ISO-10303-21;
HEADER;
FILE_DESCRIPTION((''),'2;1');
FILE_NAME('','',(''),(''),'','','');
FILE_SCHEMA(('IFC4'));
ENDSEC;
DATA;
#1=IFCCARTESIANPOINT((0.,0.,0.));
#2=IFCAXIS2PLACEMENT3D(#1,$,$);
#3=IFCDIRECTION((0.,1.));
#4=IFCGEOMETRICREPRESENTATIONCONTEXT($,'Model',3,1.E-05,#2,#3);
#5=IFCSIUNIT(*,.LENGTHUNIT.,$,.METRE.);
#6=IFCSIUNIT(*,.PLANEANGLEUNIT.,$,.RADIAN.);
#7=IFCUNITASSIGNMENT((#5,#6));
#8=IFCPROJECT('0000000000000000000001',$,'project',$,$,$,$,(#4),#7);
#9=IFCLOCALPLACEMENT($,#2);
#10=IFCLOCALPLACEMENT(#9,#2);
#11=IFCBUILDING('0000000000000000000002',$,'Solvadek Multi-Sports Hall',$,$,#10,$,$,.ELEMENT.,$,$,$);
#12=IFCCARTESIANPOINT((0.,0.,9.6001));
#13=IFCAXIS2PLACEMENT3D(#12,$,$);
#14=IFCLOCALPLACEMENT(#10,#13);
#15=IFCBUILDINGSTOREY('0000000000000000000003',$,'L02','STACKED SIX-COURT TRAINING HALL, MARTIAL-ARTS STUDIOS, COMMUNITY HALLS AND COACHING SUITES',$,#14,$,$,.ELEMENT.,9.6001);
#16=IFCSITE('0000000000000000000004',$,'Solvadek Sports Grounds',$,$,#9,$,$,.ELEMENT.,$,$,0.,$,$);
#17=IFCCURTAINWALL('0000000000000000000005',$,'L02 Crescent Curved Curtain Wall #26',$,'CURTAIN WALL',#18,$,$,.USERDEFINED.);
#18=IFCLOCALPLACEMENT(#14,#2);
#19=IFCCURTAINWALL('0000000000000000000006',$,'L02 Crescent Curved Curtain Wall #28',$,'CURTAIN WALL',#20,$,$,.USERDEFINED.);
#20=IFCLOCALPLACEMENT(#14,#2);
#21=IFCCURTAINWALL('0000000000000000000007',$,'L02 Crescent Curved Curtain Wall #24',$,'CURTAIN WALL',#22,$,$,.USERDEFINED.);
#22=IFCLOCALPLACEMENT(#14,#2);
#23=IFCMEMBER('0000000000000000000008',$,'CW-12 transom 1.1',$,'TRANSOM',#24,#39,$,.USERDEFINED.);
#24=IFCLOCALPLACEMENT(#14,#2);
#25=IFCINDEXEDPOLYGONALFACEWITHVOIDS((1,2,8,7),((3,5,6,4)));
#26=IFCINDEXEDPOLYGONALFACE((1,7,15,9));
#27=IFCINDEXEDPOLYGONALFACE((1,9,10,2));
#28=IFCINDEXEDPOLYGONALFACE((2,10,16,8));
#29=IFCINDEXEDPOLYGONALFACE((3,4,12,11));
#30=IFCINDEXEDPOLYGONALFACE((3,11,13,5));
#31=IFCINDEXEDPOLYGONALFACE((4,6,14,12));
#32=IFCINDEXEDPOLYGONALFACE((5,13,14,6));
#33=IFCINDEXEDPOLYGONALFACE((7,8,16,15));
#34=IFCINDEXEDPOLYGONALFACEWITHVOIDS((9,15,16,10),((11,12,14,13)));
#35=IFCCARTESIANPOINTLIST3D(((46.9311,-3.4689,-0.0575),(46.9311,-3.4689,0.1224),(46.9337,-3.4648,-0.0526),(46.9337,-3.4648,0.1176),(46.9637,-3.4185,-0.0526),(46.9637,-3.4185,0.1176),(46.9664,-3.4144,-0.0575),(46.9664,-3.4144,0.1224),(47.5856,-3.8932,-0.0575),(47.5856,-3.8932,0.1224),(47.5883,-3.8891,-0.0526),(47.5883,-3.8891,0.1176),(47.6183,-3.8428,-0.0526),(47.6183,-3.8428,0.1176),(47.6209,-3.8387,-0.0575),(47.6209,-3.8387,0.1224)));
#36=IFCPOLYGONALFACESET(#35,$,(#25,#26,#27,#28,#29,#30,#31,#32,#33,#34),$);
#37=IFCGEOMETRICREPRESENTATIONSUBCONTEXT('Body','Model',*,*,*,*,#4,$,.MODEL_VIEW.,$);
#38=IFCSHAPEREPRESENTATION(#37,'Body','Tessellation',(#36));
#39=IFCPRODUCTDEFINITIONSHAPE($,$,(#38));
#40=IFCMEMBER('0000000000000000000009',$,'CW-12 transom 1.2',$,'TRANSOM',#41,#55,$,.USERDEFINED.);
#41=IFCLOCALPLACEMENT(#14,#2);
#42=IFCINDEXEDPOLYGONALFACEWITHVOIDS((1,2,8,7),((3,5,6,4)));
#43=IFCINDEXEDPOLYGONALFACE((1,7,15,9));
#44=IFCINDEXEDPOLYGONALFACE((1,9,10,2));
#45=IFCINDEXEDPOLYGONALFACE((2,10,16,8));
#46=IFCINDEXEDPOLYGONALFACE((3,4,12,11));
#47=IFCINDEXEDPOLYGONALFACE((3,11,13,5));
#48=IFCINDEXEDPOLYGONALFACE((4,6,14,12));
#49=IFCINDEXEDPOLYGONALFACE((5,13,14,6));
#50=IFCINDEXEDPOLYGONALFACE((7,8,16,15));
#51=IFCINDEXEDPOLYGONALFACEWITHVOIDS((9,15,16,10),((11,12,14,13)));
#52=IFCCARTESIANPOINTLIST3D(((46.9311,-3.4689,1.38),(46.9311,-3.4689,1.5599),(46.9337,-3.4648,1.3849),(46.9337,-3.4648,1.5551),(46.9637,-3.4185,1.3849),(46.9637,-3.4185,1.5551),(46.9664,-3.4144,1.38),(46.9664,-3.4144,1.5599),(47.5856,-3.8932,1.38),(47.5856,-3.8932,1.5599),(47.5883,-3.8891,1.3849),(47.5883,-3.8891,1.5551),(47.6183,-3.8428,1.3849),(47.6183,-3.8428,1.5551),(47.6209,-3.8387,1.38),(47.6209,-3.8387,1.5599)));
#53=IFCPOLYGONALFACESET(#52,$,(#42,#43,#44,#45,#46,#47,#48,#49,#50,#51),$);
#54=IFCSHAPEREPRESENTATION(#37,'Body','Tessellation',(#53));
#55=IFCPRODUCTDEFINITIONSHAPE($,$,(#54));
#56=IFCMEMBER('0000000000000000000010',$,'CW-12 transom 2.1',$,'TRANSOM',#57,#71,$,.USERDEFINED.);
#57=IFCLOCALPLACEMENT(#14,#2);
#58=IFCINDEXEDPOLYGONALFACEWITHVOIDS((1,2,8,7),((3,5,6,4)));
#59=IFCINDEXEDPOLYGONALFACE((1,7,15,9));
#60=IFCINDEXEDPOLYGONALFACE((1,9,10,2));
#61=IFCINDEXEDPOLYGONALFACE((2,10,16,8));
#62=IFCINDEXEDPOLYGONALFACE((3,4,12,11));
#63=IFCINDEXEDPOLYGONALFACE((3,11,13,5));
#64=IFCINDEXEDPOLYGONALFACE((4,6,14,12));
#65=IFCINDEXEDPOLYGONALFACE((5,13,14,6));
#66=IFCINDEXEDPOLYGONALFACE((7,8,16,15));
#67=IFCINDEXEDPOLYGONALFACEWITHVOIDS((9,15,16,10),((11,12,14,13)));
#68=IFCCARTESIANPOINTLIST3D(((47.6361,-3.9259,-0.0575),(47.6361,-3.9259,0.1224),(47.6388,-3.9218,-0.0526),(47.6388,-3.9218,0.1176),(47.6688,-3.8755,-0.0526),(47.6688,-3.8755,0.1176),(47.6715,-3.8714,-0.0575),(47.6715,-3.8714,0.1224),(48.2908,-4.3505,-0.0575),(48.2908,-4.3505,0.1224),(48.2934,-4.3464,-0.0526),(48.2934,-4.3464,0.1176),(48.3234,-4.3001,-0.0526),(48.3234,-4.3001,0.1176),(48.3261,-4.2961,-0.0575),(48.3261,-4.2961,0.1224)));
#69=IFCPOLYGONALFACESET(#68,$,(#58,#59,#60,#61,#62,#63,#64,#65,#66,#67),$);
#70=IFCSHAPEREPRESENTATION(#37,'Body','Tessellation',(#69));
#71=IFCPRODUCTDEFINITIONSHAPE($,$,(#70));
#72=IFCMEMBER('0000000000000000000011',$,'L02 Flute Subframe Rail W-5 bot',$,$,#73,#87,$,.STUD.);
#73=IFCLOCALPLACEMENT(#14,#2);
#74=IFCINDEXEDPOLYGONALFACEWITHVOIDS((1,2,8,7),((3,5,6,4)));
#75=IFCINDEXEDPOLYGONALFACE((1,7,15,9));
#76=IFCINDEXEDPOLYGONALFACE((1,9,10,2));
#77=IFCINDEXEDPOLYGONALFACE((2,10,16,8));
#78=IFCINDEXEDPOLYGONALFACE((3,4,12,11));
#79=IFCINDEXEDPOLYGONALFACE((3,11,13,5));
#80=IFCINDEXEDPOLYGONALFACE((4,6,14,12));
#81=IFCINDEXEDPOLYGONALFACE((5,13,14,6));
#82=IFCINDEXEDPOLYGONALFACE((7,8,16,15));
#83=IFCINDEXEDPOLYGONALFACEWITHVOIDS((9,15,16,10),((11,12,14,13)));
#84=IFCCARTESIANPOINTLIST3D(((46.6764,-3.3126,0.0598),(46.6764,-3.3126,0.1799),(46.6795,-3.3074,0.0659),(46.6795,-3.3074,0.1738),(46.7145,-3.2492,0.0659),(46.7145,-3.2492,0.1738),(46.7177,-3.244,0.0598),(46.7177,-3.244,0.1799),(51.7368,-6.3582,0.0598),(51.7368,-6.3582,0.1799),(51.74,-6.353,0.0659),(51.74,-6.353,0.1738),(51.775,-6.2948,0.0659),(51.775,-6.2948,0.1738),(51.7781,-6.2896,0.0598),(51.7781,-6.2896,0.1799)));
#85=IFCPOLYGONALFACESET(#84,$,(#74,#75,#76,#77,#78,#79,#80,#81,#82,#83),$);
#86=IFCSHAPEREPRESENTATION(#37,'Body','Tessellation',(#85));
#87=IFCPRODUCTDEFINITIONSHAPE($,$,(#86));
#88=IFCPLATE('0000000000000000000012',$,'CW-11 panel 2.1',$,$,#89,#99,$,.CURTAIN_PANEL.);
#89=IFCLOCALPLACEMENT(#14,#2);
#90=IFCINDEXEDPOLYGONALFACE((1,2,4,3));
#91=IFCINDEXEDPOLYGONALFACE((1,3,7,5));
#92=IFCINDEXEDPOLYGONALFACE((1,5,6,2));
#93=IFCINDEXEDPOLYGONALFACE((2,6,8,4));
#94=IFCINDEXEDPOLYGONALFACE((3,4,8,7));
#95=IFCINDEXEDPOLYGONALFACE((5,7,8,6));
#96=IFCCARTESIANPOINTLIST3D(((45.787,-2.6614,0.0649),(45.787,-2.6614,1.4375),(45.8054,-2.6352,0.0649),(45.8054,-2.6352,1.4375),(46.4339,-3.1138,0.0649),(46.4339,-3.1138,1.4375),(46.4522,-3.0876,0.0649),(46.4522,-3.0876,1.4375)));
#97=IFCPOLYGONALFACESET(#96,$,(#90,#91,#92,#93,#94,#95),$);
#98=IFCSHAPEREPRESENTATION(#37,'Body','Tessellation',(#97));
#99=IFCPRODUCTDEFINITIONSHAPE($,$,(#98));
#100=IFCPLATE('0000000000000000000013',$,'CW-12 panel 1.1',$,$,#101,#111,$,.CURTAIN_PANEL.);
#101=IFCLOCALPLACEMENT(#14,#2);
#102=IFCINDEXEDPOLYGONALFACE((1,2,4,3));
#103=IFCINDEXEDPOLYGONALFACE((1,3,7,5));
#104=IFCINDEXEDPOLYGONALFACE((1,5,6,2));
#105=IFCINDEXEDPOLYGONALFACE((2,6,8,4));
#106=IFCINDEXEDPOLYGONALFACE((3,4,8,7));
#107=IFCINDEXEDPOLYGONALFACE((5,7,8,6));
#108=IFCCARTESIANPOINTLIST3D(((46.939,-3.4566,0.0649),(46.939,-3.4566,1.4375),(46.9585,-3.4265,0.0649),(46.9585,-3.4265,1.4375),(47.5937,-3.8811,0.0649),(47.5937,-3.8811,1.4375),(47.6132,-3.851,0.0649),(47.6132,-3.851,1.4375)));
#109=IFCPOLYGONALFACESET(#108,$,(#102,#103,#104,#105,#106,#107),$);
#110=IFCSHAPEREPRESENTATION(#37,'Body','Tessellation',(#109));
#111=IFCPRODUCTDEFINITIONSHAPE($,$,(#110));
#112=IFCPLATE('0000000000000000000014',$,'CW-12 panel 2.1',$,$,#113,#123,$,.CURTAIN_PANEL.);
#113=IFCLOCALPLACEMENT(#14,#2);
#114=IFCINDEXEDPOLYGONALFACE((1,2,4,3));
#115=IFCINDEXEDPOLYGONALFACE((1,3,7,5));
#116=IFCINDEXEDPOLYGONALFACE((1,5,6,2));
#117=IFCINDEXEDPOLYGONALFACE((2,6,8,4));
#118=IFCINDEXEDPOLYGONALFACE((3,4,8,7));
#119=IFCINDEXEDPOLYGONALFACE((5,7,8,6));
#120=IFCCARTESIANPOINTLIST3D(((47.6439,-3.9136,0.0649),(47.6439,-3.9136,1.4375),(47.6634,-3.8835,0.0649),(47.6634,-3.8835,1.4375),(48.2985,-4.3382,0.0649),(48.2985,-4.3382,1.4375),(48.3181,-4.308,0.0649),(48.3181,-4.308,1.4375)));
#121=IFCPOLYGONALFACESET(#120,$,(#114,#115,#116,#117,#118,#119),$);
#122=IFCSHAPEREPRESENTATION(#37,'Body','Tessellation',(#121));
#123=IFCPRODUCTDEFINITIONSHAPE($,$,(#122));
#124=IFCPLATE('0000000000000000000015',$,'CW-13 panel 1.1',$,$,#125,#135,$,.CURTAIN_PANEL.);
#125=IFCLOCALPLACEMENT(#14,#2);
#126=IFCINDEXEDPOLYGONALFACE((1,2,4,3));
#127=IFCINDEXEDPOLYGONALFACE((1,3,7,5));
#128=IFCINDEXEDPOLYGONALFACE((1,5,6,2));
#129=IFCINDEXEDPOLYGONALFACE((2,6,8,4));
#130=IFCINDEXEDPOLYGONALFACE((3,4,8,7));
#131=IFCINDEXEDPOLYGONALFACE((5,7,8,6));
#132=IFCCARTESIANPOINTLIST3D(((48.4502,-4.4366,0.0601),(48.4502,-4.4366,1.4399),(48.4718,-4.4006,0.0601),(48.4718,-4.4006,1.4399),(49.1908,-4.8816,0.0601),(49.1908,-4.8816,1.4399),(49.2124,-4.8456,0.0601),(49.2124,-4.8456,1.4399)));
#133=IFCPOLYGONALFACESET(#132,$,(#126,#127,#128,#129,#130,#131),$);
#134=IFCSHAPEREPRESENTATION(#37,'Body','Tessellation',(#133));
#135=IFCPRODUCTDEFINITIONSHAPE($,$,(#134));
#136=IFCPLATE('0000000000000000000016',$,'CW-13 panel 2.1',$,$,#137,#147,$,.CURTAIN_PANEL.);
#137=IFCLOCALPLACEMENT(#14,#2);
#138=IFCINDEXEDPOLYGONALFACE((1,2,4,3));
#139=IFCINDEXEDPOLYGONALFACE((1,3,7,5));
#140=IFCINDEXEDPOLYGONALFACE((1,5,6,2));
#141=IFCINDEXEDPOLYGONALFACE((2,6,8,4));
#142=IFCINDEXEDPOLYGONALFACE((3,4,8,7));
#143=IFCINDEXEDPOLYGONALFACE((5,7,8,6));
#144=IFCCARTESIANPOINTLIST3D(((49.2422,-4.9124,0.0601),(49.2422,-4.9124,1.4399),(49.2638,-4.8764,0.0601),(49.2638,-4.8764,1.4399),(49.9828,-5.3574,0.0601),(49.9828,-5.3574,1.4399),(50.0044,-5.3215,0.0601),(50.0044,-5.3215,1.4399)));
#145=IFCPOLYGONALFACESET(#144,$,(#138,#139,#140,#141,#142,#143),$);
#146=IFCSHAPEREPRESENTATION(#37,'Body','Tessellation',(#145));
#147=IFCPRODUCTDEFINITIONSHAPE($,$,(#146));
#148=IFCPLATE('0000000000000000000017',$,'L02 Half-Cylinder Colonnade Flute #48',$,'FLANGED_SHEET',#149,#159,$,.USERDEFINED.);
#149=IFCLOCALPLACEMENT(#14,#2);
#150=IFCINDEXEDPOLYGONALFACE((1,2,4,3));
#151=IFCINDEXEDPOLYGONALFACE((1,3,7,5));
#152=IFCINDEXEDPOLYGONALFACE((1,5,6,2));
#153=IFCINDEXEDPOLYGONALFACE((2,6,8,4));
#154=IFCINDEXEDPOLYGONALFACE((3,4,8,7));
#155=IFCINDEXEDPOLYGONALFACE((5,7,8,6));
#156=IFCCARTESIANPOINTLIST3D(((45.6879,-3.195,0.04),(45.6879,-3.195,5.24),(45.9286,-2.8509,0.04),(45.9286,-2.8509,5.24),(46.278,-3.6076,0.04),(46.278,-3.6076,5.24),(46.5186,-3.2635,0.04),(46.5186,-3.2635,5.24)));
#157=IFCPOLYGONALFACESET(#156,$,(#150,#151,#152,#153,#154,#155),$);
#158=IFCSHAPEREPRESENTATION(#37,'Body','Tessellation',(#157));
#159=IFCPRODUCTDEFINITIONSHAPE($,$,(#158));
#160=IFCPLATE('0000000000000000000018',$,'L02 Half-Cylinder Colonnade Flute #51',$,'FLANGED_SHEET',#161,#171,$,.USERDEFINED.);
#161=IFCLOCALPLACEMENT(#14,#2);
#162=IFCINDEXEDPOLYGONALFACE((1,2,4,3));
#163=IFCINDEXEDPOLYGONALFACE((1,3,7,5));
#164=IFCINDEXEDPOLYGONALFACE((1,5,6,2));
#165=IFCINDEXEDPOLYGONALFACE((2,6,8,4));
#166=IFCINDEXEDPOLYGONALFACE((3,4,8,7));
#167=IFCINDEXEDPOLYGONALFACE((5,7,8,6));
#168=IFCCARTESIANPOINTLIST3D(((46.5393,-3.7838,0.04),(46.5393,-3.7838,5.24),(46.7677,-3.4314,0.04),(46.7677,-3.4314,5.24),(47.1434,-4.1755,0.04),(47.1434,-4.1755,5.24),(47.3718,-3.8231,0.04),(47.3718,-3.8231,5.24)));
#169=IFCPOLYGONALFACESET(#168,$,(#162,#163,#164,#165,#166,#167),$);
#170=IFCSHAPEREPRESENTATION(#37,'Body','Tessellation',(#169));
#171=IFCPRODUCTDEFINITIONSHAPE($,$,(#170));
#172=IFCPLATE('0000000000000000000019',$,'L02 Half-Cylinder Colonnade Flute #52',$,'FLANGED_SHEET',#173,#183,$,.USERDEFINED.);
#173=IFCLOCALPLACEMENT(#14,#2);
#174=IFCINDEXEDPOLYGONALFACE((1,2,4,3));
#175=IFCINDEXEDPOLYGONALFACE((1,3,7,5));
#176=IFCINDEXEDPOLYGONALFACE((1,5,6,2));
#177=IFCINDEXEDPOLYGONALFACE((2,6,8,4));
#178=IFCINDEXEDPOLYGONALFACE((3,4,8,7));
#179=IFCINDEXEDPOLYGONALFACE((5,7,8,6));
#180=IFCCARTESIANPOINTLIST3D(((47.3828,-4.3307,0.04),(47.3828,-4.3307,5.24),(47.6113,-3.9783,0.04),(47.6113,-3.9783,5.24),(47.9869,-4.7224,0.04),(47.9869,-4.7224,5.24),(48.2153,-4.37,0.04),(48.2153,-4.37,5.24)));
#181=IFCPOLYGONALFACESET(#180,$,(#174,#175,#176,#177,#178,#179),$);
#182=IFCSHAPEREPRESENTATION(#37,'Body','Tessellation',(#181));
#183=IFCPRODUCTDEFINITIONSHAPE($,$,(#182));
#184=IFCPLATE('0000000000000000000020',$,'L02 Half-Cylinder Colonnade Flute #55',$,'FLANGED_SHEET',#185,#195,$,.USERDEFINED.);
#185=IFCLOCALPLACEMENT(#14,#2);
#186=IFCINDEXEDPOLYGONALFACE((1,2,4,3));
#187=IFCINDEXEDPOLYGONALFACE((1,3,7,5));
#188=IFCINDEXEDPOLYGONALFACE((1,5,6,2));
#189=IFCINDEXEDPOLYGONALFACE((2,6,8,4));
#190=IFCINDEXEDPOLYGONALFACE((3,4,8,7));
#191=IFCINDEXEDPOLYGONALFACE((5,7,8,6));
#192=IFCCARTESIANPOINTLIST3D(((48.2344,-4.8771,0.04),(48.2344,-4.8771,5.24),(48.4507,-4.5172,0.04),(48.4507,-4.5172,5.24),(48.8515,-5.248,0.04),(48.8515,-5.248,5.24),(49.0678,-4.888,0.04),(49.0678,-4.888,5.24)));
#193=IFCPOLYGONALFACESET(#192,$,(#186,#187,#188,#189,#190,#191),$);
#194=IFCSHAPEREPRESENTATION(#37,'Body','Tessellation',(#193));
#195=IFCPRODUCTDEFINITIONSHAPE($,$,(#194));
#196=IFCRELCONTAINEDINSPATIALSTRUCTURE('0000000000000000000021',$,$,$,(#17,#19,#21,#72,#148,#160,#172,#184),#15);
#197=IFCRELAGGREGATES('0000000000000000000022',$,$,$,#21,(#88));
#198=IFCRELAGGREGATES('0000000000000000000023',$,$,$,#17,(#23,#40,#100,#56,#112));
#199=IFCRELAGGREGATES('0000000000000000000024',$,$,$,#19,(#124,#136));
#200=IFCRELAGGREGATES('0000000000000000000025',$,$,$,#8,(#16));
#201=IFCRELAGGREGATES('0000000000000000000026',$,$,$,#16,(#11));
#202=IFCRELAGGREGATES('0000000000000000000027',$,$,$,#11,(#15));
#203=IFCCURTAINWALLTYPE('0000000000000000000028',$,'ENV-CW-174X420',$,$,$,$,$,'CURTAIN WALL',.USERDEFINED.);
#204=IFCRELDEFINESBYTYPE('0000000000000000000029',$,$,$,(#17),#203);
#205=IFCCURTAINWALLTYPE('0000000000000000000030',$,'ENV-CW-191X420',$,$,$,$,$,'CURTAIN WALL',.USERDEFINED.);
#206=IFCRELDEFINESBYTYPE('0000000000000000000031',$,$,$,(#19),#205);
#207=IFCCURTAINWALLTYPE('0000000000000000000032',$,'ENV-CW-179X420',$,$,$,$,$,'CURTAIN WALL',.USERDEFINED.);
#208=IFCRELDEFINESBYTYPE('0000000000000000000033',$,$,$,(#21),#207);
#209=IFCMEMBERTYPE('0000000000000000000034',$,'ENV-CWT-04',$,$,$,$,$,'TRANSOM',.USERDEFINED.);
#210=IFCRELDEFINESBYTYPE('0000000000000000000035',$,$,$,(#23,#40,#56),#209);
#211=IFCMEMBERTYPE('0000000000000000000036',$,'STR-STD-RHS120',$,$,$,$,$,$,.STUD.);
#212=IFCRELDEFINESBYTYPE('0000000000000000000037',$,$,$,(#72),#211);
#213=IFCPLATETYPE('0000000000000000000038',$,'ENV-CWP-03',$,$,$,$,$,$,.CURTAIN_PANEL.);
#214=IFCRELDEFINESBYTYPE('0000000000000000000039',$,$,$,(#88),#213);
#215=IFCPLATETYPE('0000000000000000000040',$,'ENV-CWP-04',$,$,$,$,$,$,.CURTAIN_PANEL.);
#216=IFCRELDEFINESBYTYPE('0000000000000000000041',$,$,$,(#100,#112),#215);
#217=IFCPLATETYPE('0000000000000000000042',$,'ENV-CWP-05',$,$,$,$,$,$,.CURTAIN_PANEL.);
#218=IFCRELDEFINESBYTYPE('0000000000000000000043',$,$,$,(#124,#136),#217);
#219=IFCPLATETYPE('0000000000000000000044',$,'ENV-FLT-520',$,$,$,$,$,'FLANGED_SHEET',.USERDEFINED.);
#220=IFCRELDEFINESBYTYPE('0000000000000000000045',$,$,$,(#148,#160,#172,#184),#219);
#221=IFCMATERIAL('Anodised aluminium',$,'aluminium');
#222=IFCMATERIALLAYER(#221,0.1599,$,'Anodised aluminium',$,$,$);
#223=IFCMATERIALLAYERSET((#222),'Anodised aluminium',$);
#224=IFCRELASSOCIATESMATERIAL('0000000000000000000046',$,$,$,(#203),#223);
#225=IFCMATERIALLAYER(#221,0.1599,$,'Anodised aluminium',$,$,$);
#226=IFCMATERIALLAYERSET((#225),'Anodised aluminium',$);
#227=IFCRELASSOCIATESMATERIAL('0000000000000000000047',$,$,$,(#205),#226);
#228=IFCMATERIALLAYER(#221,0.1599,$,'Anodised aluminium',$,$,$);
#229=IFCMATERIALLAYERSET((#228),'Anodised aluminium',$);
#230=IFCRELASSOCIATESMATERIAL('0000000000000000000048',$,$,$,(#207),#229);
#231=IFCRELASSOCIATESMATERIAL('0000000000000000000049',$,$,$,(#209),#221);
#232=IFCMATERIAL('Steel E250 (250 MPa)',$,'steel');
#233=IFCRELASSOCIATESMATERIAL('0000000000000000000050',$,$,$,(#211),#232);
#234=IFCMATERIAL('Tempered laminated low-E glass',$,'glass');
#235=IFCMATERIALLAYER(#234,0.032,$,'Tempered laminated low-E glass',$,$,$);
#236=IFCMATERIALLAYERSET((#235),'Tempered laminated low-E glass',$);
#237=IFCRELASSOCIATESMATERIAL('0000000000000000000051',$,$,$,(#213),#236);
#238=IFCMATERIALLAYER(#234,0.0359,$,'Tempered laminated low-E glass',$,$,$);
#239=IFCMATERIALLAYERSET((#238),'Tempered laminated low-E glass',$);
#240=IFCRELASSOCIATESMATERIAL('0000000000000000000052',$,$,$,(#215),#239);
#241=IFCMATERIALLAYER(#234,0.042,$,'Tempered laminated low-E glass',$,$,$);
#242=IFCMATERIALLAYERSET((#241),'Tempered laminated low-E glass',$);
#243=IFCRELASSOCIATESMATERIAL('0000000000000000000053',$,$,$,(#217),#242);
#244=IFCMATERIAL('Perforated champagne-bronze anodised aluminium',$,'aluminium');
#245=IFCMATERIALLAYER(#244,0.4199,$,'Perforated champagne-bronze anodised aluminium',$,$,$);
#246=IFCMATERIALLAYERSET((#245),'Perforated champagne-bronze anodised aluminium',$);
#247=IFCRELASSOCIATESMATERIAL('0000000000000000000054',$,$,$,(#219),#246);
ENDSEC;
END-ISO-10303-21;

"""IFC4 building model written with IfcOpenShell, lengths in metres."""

from ifc_helpers import new_model, si_unit, direction, frame, origin, origin_2d, place, context, subcontext, project, spatial, rectangle, hollow_rectangle, extrude, material, layer, layer_set, material_profile, profile_set, type_object, element, aggregate, save


model = new_model("IFC4")

# Units and contexts
model_context = context("Model", 3, precision=1e-05, world=origin(), true_north=direction((0.0, 1.0)))
body_context = subcontext(model_context, "Body", "Model", "MODEL_VIEW")
ifc_project = project(units=[si_unit("LENGTHUNIT", "METRE"), si_unit("PLANEANGLEUNIT", "RADIAN")], contexts=[model_context])

# Site, building, storey
site_placement = place(None, origin())
site = spatial("IfcSite", under=ifc_project, at=site_placement, Name="Solvadek Sports Grounds", CompositionType="ELEMENT", RefElevation=0.0)
building_placement = place(site_placement, origin())
building = spatial("IfcBuilding", under=site, at=building_placement, Name="Solvadek Multi-Sports Hall", CompositionType="ELEMENT")
storey_placement = place(building_placement, frame((0.0, 0.0, 9.6001)))
storey = spatial("IfcBuildingStorey", under=building, at=storey_placement, Name="L02", Description="STACKED SIX-COURT TRAINING HALL, MARTIAL-ARTS STUDIOS, COMMUNITY HALLS AND COACHING SUITES", CompositionType="ELEMENT", Elevation=9.6001)

# Curtain walls
ifc_material_1 = material(Name="Anodised aluminium", Category="aluminium")
ifc_layer_1 = layer(ifc_material_1, 0.1599, Name="Anodised aluminium")
ifc_layer_set_1 = layer_set([ifc_layer_1], Name="Anodised aluminium")
curtain_wall_type_1 = type_object("IfcCurtainWallType", Name="ENV-CW-174X420", ElementType="CURTAIN WALL", PredefinedType="USERDEFINED", material=ifc_layer_set_1)
curtain_wall_1_placement = place(storey_placement, origin())
curtain_wall_1 = element("IfcCurtainWall", 1, at=curtain_wall_1_placement, inside=storey, type_object=curtain_wall_type_1, Name="L02 Crescent Curved Curtain Wall #26", ObjectType="CURTAIN WALL", PredefinedType="USERDEFINED")
ifc_layer_2 = layer(ifc_material_1, 0.1599, Name="Anodised aluminium")
ifc_layer_set_2 = layer_set([ifc_layer_2], Name="Anodised aluminium")
curtain_wall_type_2 = type_object("IfcCurtainWallType", Name="ENV-CW-191X420", ElementType="CURTAIN WALL", PredefinedType="USERDEFINED", material=ifc_layer_set_2)
curtain_wall_2_placement = place(storey_placement, origin())
curtain_wall_2 = element("IfcCurtainWall", 2, at=curtain_wall_2_placement, inside=storey, type_object=curtain_wall_type_2, Name="L02 Crescent Curved Curtain Wall #28", ObjectType="CURTAIN WALL", PredefinedType="USERDEFINED")

# Curtain wall
ifc_layer_3 = layer(ifc_material_1, 0.1599, Name="Anodised aluminium")
ifc_layer_set_3 = layer_set([ifc_layer_3], Name="Anodised aluminium")
curtain_wall_type_3 = type_object("IfcCurtainWallType", Name="ENV-CW-179X420", ElementType="CURTAIN WALL", PredefinedType="USERDEFINED", material=ifc_layer_set_3)
curtain_wall_3_placement = place(storey_placement, origin())
curtain_wall_3 = element("IfcCurtainWall", 3, at=curtain_wall_3_placement, inside=storey, type_object=curtain_wall_type_3, Name="L02 Crescent Curved Curtain Wall #24", ObjectType="CURTAIN WALL", PredefinedType="USERDEFINED")

# Members
ifc_material_profile_1 = material_profile(ifc_material_1, hollow_rectangle(XDim=0.0649, YDim=0.1799, WallThickness=0.0049, at=origin_2d()), Name="ALU-T 180x65x5")
ifc_profile_set_1 = profile_set([ifc_material_profile_1], Name="Anodised aluminium")
member_type_1 = type_object("IfcMemberType", Name="ENV-CWT-04", ElementType="TRANSOM", PredefinedType="USERDEFINED", material=ifc_profile_set_1)
member_1_placement = place(storey_placement, frame((46.9487, -3.4417, 0.0325), z_axis=(0.839108, -0.543965, 0.0), x_axis=(0.543965, 0.839108, 0.0)))
member_1 = element("IfcMember", 4, at=member_1_placement, type_object=member_type_1, Name="CW-12 transom 1.1", ObjectType="TRANSOM", PredefinedType="USERDEFINED", context=body_context, shape_type="SweptSolid", body=[
    extrude(hollow_rectangle(XDim=0.0649, YDim=0.1799, WallThickness=0.0049, at=origin_2d()), origin(), (0.0, 0.0, 1.0), 0.78),
])
member_2_placement = place(storey_placement, frame((46.9487, -3.4417, 1.47), z_axis=(0.839108, -0.543965, 0.0), x_axis=(0.543965, 0.839108, 0.0)))
member_2 = element("IfcMember", 5, at=member_2_placement, type_object=member_type_1, Name="CW-12 transom 1.2", ObjectType="TRANSOM", PredefinedType="USERDEFINED", context=body_context, shape_type="SweptSolid", body=[
    extrude(hollow_rectangle(XDim=0.0649, YDim=0.1799, WallThickness=0.0049, at=origin_2d()), origin(), (0.0, 0.0, 1.0), 0.78),
])
member_3_placement = place(storey_placement, frame((47.6538, -3.8987, 0.0325), z_axis=(0.838965, -0.544185, 0.0), x_axis=(0.544185, 0.838965, 0.0)))
member_3 = element("IfcMember", 6, at=member_3_placement, type_object=member_type_1, Name="CW-12 transom 2.1", ObjectType="TRANSOM", PredefinedType="USERDEFINED", context=body_context, shape_type="SweptSolid", body=[
    extrude(hollow_rectangle(XDim=0.0649, YDim=0.1799, WallThickness=0.0049, at=origin_2d()), origin(), (0.0, 0.0, 1.0), 0.7803),
])
ifc_material_2 = material(Name="Steel E250 (250 MPa)", Category="steel")
ifc_material_profile_2 = material_profile(ifc_material_2, hollow_rectangle(XDim=0.0801, YDim=0.1201, WallThickness=0.0061, at=origin_2d()), Name="RHS 120x80x6")
ifc_profile_set_2 = profile_set([ifc_material_profile_2], Name="Steel E250 (250 MPa)")
member_type_2 = type_object("IfcMemberType", Name="STR-STD-RHS120", PredefinedType="STUD", material=ifc_profile_set_2)
member_4_placement = place(storey_placement, frame((46.697, -3.2783, 0.1199), z_axis=(0.856796, -0.515656, 0.0), x_axis=(0.515656, 0.856796, 0.0)))
element("IfcMember", 7, at=member_4_placement, inside=storey, type_object=member_type_2, Name="L02 Flute Subframe Rail W-5 bot", PredefinedType="STUD", context=body_context, shape_type="SweptSolid", body=[
    extrude(hollow_rectangle(XDim=0.0801, YDim=0.1201, WallThickness=0.0061, at=origin_2d()), origin(), (0.0, 0.0, 1.0), 5.9062),
])

# Plates
ifc_material_3 = material(Name="Tempered laminated low-E glass", Category="glass")
ifc_layer_4 = layer(ifc_material_3, 0.032, Name="Tempered laminated low-E glass")
ifc_layer_set_4 = layer_set([ifc_layer_4], Name="Tempered laminated low-E glass")
plate_type_1 = type_object("IfcPlateType", Name="ENV-CWP-03", PredefinedType="CURTAIN_PANEL", material=ifc_layer_set_4)
plate_1_placement = place(storey_placement, frame((46.1196, -2.8745, 0.0649), z_axis=(0.0, 0.0, 1.0), x_axis=(0.8195, -0.57308, 0.0)))
plate_1 = element("IfcPlate", 8, at=plate_1_placement, type_object=plate_type_1, Name="CW-11 panel 2.1", PredefinedType="CURTAIN_PANEL", context=body_context, shape_type="SweptSolid", body=[
    extrude(rectangle(XDim=0.7893, YDim=0.032, at=origin_2d()), origin(), (0.0, 0.0, 1.0), 1.3726),
])
aggregate(curtain_wall_3, [plate_1])
ifc_layer_5 = layer(ifc_material_3, 0.0359, Name="Tempered laminated low-E glass")
ifc_layer_set_5 = layer_set([ifc_layer_5], Name="Tempered laminated low-E glass")
plate_type_2 = type_object("IfcPlateType", Name="ENV-CWP-04", PredefinedType="CURTAIN_PANEL", material=ifc_layer_set_5)
plate_2_placement = place(storey_placement, frame((47.2761, -3.6538, 0.0649), z_axis=(0.0, 0.0, 1.0), x_axis=(0.839046, -0.544061, 0.0)))
plate_2 = element("IfcPlate", 9, at=plate_2_placement, type_object=plate_type_2, Name="CW-12 panel 1.1", PredefinedType="CURTAIN_PANEL", context=body_context, shape_type="SweptSolid", body=[
    extrude(rectangle(XDim=0.7803, YDim=0.0359, at=origin_2d()), origin(), (0.0, 0.0, 1.0), 1.3726),
])
plate_3_placement = place(storey_placement, frame((47.981, -4.1108, 0.0649), z_axis=(0.0, 0.0, 1.0), x_axis=(0.839046, -0.544061, 0.0)))
plate_3 = element("IfcPlate", 10, at=plate_3_placement, type_object=plate_type_2, Name="CW-12 panel 2.1", PredefinedType="CURTAIN_PANEL", context=body_context, shape_type="SweptSolid", body=[
    extrude(rectangle(XDim=0.7803, YDim=0.0359, at=origin_2d()), origin(), (0.0, 0.0, 1.0), 1.3726),
])
aggregate(curtain_wall_1, [member_1, member_2, plate_2, member_3, plate_3])
ifc_layer_6 = layer(ifc_material_3, 0.042, Name="Tempered laminated low-E glass")
ifc_layer_set_6 = layer_set([ifc_layer_6], Name="Tempered laminated low-E glass")
plate_type_3 = type_object("IfcPlateType", Name="ENV-CWP-05", PredefinedType="CURTAIN_PANEL", material=ifc_layer_set_6)
plate_4_placement = place(storey_placement, frame((48.8313, -4.6411, 0.0601), z_axis=(0.0, 0.0, 1.0), x_axis=(0.857155, -0.515058, 0.0)))
plate_4 = element("IfcPlate", 11, at=plate_4_placement, type_object=plate_type_3, Name="CW-13 panel 1.1", PredefinedType="CURTAIN_PANEL", context=body_context, shape_type="SweptSolid", body=[
    extrude(rectangle(XDim=0.864, YDim=0.042, at=origin_2d()), origin(), (0.0, 0.0, 1.0), 1.3799),
])
plate_5_placement = place(storey_placement, frame((49.6233, -5.1169, 0.0601), z_axis=(0.0, 0.0, 1.0), x_axis=(0.857155, -0.515058, 0.0)))
plate_5 = element("IfcPlate", 12, at=plate_5_placement, type_object=plate_type_3, Name="CW-13 panel 2.1", PredefinedType="CURTAIN_PANEL", context=body_context, shape_type="SweptSolid", body=[
    extrude(rectangle(XDim=0.864, YDim=0.042, at=origin_2d()), origin(), (0.0, 0.0, 1.0), 1.3799),
])
aggregate(curtain_wall_2, [plate_4, plate_5])

# Plates
ifc_material_4 = material(Name="Perforated champagne-bronze anodised aluminium", Category="aluminium")
ifc_layer_7 = layer(ifc_material_4, 0.4199, Name="Perforated champagne-bronze anodised aluminium")
ifc_layer_set_7 = layer_set([ifc_layer_7], Name="Perforated champagne-bronze anodised aluminium")
plate_type_4 = type_object("IfcPlateType", Name="ENV-FLT-520", ElementType="FLANGED_SHEET", PredefinedType="USERDEFINED", material=ifc_layer_set_7)
for number, where, z_axis, x_axis, name in (
    (13, (46.1033, -3.2292, 0.04), (0.0, 0.0, 1.0), (0.819513, -0.573061, 0.0), "L02 Half-Cylinder Colonnade Flute #48"),
    (14, (46.9556, -3.8035, 0.04), (0.0, 0.0, 1.0), (0.839053, -0.544049, 0.0), "L02 Half-Cylinder Colonnade Flute #51"),
    (15, (47.7991, -4.3503, 0.04), (0.0, 0.0, 1.0), (0.839053, -0.544049, 0.0), "L02 Half-Cylinder Colonnade Flute #52"),
    (16, (48.6511, -4.8826, 0.04), (0.0, 0.0, 1.0), (0.85713, -0.515101, 0.0), "L02 Half-Cylinder Colonnade Flute #55"),
):
    element("IfcPlate", number, at=place(storey_placement, frame(where, z_axis=z_axis, x_axis=x_axis)), inside=storey, type_object=plate_type_4, Name=name, ObjectType="FLANGED_SHEET", PredefinedType="USERDEFINED", context=body_context, shape_type="SweptSolid", body=[
        extrude(rectangle(XDim=0.72, YDim=0.4199, at=origin_2d()), origin(), (0.0, 0.0, 1.0), 5.2),
    ])

save(model, "model.ifc")
